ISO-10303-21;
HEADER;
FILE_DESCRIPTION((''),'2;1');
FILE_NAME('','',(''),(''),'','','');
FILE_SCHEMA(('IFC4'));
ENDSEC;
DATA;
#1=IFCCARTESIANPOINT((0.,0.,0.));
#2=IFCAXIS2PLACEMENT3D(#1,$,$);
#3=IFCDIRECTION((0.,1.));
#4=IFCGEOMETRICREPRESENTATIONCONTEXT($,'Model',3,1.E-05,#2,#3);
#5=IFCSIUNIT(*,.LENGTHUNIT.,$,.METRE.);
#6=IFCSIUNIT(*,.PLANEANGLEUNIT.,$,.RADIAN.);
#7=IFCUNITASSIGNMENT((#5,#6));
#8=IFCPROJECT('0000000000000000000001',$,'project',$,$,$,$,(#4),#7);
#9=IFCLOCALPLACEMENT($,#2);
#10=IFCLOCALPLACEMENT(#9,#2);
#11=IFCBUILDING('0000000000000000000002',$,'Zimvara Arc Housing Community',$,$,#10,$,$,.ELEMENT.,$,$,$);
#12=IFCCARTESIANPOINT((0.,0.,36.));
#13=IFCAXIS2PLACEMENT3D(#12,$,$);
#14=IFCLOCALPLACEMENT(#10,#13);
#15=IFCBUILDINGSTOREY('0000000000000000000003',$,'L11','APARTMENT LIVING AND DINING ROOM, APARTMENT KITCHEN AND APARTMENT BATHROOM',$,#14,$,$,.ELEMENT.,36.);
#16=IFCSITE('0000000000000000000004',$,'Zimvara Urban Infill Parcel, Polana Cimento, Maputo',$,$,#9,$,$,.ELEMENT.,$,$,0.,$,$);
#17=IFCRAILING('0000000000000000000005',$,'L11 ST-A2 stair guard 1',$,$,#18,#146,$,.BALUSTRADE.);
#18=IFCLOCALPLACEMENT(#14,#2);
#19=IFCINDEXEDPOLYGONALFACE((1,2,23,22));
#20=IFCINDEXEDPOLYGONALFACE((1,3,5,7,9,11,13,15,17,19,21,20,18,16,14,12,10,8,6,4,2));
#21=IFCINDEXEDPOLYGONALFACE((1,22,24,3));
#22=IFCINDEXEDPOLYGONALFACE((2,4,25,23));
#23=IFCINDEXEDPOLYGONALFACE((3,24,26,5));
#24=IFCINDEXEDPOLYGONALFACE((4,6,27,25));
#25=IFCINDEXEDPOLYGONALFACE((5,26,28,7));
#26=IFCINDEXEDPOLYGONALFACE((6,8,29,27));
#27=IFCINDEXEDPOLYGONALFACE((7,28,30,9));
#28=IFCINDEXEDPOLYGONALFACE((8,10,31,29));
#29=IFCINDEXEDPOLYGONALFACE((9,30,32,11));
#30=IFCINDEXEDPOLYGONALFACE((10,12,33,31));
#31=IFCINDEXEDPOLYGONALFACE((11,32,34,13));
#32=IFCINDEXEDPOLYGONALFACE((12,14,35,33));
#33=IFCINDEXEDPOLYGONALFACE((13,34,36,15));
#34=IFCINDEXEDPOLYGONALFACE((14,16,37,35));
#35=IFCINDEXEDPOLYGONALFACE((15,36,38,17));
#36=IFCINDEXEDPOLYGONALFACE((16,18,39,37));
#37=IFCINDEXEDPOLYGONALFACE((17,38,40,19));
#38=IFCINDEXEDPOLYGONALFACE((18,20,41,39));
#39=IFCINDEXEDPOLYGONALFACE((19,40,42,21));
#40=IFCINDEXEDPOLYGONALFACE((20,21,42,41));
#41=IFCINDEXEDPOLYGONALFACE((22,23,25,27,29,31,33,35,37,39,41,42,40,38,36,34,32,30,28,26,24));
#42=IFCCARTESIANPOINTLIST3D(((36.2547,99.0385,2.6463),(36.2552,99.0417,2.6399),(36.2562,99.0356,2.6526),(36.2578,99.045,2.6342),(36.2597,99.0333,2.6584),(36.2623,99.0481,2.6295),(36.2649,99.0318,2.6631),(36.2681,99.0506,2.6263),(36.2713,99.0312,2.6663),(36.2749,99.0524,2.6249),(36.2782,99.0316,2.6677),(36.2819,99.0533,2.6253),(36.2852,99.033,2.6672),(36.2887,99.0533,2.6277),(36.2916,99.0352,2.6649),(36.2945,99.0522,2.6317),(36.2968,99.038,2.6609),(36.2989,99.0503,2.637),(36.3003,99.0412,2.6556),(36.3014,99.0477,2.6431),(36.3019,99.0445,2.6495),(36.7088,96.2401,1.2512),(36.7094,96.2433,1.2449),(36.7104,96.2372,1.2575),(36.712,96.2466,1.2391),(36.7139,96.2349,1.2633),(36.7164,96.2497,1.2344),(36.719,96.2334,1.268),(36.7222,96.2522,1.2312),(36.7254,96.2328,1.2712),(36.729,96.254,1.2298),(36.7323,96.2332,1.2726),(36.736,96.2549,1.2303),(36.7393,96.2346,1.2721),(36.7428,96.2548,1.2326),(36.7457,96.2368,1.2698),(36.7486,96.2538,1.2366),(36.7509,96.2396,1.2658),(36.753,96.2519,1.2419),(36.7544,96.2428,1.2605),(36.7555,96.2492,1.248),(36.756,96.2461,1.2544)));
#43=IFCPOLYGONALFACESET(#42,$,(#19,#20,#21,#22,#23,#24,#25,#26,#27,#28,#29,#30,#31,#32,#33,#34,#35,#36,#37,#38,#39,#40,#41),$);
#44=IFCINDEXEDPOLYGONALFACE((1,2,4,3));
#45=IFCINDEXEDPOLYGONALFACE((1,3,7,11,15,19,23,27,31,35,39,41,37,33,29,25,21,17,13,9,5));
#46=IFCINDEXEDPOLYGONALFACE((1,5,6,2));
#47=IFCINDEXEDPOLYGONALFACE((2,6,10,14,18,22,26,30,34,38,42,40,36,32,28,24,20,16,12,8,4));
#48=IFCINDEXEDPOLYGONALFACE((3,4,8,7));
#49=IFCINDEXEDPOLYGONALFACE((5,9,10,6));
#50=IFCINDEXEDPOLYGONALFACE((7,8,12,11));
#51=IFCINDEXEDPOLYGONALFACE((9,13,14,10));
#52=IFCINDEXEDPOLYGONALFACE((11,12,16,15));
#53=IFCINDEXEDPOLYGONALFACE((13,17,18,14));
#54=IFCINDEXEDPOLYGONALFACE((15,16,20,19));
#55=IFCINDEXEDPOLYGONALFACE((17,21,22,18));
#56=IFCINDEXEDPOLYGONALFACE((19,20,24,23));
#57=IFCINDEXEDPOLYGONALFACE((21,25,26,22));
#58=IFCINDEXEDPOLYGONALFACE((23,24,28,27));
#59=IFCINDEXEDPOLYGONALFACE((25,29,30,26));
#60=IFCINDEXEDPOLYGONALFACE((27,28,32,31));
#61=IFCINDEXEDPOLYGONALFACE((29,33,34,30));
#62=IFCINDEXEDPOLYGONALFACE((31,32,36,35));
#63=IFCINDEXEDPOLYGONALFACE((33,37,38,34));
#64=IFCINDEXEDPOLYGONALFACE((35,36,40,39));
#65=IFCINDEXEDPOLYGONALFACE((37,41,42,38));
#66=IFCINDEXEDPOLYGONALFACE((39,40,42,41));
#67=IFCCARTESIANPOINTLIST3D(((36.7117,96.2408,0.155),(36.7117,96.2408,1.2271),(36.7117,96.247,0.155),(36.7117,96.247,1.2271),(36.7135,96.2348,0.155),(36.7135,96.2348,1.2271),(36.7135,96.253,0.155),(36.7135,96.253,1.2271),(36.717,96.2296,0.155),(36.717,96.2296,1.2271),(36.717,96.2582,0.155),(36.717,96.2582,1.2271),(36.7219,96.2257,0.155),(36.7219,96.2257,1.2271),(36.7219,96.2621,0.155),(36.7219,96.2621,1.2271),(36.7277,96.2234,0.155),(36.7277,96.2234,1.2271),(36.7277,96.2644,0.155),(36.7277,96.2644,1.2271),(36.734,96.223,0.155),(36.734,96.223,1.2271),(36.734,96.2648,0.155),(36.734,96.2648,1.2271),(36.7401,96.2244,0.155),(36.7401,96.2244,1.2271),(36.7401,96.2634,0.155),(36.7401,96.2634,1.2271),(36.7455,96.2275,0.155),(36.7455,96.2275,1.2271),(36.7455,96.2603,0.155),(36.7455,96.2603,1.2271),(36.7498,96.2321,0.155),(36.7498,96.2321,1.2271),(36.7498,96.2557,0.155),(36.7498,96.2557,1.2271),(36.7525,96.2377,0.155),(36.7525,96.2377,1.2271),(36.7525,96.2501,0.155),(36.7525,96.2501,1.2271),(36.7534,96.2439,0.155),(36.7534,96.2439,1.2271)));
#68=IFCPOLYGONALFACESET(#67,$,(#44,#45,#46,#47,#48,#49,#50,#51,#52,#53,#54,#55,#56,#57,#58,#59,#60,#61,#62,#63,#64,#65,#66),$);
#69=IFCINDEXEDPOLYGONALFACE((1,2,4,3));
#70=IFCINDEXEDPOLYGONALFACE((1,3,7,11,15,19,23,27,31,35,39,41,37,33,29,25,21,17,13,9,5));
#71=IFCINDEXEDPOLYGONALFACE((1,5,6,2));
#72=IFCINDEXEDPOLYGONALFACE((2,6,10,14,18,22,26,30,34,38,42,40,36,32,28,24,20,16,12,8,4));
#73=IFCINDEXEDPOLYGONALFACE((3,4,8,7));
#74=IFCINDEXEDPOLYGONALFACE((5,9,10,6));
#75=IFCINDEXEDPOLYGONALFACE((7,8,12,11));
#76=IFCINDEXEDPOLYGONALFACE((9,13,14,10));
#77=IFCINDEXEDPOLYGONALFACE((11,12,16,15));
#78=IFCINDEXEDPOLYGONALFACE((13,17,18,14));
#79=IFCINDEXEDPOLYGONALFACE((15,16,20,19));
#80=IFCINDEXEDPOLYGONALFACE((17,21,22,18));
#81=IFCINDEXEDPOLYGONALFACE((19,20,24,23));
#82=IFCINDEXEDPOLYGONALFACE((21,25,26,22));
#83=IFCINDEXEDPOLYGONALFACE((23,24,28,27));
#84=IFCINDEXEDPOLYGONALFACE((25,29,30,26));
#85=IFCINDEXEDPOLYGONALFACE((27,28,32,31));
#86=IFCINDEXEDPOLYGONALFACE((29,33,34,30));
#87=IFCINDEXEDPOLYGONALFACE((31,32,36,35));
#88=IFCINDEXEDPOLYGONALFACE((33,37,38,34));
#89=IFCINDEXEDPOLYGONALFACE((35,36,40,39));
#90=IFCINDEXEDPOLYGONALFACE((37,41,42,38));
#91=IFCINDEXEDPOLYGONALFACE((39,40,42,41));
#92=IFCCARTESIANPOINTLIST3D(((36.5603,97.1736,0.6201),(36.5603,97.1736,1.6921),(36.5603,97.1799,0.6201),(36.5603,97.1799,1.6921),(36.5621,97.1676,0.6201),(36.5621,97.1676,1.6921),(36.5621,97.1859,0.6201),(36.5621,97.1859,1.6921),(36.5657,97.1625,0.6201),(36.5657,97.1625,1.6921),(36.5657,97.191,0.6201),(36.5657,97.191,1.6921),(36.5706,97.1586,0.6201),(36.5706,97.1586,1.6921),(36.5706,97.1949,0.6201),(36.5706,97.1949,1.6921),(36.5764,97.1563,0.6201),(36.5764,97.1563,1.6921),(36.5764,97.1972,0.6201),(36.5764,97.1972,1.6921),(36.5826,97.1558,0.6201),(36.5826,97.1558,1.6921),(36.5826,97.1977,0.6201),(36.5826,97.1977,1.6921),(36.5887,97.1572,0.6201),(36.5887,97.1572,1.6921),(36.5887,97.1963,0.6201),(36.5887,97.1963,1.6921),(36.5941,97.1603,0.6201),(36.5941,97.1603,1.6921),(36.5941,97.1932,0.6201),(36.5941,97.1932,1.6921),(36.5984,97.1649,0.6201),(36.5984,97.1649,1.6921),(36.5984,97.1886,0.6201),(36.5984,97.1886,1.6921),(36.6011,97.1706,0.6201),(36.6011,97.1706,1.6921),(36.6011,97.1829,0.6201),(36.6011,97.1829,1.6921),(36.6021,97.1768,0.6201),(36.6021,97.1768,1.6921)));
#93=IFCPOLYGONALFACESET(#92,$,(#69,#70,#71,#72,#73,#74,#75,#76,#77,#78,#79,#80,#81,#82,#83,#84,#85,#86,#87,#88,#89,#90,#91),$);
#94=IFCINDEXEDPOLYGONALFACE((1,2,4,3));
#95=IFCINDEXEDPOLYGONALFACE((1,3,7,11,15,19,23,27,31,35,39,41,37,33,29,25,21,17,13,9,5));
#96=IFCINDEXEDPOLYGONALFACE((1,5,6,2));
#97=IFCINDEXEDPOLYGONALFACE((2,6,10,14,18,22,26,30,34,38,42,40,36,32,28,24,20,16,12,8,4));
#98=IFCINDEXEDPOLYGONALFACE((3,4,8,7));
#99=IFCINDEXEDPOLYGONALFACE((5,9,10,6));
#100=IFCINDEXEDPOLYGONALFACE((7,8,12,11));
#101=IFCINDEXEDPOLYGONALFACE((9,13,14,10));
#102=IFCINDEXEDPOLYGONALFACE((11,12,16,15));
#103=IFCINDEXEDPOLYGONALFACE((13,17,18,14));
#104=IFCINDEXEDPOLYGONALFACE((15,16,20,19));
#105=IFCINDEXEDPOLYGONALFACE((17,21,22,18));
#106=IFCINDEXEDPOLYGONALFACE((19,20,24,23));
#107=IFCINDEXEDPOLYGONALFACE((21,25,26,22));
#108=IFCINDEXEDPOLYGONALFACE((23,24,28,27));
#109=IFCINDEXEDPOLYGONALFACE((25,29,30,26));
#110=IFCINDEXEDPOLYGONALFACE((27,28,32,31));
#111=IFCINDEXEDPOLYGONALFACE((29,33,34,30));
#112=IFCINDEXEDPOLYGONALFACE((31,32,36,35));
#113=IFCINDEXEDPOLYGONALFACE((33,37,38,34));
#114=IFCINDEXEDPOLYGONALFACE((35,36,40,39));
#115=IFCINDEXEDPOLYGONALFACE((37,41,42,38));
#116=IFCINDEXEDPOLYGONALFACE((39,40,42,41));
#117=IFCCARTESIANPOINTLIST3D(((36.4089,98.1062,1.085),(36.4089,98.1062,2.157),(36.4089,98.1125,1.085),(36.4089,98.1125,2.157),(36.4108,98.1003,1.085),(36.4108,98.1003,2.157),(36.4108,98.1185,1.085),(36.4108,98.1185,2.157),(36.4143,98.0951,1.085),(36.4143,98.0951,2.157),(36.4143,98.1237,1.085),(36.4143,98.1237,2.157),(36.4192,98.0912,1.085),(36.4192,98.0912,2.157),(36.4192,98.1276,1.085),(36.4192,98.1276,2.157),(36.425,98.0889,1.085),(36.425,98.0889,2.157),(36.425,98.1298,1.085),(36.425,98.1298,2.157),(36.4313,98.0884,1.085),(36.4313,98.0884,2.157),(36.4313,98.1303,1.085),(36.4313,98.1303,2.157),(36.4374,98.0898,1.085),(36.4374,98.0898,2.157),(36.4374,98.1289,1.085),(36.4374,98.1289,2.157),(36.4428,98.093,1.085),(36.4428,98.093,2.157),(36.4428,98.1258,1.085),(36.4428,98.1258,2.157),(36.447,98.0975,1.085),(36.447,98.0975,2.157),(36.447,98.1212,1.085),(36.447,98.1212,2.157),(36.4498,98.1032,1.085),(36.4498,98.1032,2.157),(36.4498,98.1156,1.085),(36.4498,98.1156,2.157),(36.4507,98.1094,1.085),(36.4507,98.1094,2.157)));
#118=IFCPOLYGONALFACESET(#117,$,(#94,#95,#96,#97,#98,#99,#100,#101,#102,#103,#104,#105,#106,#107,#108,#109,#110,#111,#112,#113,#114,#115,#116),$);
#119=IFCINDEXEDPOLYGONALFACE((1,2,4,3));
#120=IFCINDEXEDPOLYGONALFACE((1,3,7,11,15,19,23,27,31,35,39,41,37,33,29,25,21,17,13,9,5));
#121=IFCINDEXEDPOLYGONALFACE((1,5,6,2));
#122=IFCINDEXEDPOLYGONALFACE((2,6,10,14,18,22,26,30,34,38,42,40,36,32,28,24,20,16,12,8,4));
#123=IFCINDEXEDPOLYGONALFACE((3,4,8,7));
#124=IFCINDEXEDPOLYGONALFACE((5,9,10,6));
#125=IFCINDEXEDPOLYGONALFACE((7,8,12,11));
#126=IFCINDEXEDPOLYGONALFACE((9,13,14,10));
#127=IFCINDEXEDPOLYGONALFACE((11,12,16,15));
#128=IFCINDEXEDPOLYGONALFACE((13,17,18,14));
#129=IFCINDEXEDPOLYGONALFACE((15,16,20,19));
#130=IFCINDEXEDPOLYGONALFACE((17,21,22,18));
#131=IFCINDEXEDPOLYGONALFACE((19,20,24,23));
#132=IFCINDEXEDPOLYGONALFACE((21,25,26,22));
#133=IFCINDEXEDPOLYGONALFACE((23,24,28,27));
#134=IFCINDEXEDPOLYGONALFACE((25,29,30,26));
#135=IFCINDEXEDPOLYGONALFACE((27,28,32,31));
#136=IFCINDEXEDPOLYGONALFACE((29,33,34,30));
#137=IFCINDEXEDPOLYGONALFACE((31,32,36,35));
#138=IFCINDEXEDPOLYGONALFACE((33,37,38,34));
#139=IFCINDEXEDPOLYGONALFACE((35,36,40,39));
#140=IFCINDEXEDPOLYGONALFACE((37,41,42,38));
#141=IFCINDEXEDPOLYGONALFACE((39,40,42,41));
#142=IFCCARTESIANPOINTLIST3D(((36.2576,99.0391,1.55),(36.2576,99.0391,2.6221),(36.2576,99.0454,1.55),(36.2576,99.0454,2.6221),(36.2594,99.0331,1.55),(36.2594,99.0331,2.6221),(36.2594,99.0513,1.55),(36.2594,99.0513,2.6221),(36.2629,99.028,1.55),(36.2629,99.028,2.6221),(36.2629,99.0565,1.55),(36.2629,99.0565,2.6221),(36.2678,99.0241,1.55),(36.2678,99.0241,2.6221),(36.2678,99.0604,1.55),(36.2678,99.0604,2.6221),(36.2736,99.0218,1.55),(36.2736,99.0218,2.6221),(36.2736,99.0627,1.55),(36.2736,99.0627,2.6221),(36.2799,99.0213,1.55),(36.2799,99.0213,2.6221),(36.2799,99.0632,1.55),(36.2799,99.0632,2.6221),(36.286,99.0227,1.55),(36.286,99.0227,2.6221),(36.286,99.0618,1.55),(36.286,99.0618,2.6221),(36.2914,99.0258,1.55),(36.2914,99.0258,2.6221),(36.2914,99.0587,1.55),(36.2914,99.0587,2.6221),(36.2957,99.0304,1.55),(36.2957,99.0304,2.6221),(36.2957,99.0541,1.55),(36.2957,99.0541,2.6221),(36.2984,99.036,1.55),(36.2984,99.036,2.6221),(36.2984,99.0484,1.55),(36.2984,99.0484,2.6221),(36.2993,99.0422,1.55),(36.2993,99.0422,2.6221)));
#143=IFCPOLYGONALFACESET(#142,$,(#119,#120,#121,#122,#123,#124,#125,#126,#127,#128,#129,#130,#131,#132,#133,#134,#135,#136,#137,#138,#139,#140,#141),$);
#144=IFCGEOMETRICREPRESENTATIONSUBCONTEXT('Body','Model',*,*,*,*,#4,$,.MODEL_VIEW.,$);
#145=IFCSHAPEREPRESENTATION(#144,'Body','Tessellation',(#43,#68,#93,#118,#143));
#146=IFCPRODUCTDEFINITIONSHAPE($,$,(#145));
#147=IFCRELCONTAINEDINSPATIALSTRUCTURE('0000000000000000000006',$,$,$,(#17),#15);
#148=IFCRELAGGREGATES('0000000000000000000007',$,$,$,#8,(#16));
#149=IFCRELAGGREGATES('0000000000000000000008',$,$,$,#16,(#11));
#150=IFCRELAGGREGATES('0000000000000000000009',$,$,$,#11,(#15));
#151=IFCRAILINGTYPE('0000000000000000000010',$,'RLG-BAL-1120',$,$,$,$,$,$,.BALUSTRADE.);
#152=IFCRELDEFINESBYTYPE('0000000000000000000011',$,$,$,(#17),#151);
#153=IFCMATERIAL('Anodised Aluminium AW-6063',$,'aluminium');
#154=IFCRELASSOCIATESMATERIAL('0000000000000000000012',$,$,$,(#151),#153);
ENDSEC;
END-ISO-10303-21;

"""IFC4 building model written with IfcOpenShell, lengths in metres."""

from ifc_helpers import new_model, si_unit, direction, frame, origin, origin_2d, place, context, subcontext, project, spatial, circle, extrude, material, type_object, element, save


model = new_model("IFC4")

# Units and contexts
model_context = context("Model", 3, precision=1e-05, world=origin(), true_north=direction((0.0, 1.0)))
body_context = subcontext(model_context, "Body", "Model", "MODEL_VIEW")
ifc_project = project(units=[si_unit("LENGTHUNIT", "METRE"), si_unit("PLANEANGLEUNIT", "RADIAN")], contexts=[model_context])

# Site, building, storey
site_placement = place(None, origin())
site = spatial("IfcSite", under=ifc_project, at=site_placement, Name="Zimvara Urban Infill Parcel, Polana Cimento, Maputo", CompositionType="ELEMENT", RefElevation=0.0)
building_placement = place(site_placement, origin())
building = spatial("IfcBuilding", under=site, at=building_placement, Name="Zimvara Arc Housing Community", CompositionType="ELEMENT")
storey_placement = place(building_placement, frame((0.0, 0.0, 36.0)))
storey = spatial("IfcBuildingStorey", under=building, at=storey_placement, Name="L11", Description="APARTMENT LIVING AND DINING ROOM, APARTMENT KITCHEN AND APARTMENT BATHROOM", CompositionType="ELEMENT", Elevation=36.0)

# Railing
ifc_material_1 = material(Name="Anodised Aluminium AW-6063", Category="aluminium")
railing_type_1 = type_object("IfcRailingType", Name="RLG-BAL-1120", PredefinedType="BALUSTRADE", material=ifc_material_1)
railing_1_placement = place(storey_placement, frame((36.7324, 96.2439, 0.155)))
element("IfcRailing", 1, at=railing_1_placement, inside=storey, type_object=railing_type_1, Name="L11 ST-A2 stair guard 1", PredefinedType="BALUSTRADE", context=body_context, shape_type="SweptSolid", body=[
    extrude(circle(Radius=0.0239, at=origin_2d()), frame((0.0, 0.0, 1.0962), z_axis=(-0.143722, 0.885666, 0.44152), x_axis=(-0.987088, -0.16018, 0.0)), (0.0, 0.0, 1.0), 3.1597),
    extrude(circle(Radius=0.021, at=origin_2d()), origin(), (0.0, 0.0, 1.0), 1.072),
    extrude(circle(Radius=0.021, at=origin_2d()), frame((-0.1514, 0.9329, 0.4651)), (0.0, 0.0, 1.0), 1.072),
    extrude(circle(Radius=0.021, at=origin_2d()), frame((-0.3027, 1.8655, 0.9299)), (0.0, 0.0, 1.0), 1.072),
    extrude(circle(Radius=0.021, at=origin_2d()), frame((-0.4541, 2.7983, 1.395)), (0.0, 0.0, 1.0), 1.072),
])

save(model, "model.ifc")
